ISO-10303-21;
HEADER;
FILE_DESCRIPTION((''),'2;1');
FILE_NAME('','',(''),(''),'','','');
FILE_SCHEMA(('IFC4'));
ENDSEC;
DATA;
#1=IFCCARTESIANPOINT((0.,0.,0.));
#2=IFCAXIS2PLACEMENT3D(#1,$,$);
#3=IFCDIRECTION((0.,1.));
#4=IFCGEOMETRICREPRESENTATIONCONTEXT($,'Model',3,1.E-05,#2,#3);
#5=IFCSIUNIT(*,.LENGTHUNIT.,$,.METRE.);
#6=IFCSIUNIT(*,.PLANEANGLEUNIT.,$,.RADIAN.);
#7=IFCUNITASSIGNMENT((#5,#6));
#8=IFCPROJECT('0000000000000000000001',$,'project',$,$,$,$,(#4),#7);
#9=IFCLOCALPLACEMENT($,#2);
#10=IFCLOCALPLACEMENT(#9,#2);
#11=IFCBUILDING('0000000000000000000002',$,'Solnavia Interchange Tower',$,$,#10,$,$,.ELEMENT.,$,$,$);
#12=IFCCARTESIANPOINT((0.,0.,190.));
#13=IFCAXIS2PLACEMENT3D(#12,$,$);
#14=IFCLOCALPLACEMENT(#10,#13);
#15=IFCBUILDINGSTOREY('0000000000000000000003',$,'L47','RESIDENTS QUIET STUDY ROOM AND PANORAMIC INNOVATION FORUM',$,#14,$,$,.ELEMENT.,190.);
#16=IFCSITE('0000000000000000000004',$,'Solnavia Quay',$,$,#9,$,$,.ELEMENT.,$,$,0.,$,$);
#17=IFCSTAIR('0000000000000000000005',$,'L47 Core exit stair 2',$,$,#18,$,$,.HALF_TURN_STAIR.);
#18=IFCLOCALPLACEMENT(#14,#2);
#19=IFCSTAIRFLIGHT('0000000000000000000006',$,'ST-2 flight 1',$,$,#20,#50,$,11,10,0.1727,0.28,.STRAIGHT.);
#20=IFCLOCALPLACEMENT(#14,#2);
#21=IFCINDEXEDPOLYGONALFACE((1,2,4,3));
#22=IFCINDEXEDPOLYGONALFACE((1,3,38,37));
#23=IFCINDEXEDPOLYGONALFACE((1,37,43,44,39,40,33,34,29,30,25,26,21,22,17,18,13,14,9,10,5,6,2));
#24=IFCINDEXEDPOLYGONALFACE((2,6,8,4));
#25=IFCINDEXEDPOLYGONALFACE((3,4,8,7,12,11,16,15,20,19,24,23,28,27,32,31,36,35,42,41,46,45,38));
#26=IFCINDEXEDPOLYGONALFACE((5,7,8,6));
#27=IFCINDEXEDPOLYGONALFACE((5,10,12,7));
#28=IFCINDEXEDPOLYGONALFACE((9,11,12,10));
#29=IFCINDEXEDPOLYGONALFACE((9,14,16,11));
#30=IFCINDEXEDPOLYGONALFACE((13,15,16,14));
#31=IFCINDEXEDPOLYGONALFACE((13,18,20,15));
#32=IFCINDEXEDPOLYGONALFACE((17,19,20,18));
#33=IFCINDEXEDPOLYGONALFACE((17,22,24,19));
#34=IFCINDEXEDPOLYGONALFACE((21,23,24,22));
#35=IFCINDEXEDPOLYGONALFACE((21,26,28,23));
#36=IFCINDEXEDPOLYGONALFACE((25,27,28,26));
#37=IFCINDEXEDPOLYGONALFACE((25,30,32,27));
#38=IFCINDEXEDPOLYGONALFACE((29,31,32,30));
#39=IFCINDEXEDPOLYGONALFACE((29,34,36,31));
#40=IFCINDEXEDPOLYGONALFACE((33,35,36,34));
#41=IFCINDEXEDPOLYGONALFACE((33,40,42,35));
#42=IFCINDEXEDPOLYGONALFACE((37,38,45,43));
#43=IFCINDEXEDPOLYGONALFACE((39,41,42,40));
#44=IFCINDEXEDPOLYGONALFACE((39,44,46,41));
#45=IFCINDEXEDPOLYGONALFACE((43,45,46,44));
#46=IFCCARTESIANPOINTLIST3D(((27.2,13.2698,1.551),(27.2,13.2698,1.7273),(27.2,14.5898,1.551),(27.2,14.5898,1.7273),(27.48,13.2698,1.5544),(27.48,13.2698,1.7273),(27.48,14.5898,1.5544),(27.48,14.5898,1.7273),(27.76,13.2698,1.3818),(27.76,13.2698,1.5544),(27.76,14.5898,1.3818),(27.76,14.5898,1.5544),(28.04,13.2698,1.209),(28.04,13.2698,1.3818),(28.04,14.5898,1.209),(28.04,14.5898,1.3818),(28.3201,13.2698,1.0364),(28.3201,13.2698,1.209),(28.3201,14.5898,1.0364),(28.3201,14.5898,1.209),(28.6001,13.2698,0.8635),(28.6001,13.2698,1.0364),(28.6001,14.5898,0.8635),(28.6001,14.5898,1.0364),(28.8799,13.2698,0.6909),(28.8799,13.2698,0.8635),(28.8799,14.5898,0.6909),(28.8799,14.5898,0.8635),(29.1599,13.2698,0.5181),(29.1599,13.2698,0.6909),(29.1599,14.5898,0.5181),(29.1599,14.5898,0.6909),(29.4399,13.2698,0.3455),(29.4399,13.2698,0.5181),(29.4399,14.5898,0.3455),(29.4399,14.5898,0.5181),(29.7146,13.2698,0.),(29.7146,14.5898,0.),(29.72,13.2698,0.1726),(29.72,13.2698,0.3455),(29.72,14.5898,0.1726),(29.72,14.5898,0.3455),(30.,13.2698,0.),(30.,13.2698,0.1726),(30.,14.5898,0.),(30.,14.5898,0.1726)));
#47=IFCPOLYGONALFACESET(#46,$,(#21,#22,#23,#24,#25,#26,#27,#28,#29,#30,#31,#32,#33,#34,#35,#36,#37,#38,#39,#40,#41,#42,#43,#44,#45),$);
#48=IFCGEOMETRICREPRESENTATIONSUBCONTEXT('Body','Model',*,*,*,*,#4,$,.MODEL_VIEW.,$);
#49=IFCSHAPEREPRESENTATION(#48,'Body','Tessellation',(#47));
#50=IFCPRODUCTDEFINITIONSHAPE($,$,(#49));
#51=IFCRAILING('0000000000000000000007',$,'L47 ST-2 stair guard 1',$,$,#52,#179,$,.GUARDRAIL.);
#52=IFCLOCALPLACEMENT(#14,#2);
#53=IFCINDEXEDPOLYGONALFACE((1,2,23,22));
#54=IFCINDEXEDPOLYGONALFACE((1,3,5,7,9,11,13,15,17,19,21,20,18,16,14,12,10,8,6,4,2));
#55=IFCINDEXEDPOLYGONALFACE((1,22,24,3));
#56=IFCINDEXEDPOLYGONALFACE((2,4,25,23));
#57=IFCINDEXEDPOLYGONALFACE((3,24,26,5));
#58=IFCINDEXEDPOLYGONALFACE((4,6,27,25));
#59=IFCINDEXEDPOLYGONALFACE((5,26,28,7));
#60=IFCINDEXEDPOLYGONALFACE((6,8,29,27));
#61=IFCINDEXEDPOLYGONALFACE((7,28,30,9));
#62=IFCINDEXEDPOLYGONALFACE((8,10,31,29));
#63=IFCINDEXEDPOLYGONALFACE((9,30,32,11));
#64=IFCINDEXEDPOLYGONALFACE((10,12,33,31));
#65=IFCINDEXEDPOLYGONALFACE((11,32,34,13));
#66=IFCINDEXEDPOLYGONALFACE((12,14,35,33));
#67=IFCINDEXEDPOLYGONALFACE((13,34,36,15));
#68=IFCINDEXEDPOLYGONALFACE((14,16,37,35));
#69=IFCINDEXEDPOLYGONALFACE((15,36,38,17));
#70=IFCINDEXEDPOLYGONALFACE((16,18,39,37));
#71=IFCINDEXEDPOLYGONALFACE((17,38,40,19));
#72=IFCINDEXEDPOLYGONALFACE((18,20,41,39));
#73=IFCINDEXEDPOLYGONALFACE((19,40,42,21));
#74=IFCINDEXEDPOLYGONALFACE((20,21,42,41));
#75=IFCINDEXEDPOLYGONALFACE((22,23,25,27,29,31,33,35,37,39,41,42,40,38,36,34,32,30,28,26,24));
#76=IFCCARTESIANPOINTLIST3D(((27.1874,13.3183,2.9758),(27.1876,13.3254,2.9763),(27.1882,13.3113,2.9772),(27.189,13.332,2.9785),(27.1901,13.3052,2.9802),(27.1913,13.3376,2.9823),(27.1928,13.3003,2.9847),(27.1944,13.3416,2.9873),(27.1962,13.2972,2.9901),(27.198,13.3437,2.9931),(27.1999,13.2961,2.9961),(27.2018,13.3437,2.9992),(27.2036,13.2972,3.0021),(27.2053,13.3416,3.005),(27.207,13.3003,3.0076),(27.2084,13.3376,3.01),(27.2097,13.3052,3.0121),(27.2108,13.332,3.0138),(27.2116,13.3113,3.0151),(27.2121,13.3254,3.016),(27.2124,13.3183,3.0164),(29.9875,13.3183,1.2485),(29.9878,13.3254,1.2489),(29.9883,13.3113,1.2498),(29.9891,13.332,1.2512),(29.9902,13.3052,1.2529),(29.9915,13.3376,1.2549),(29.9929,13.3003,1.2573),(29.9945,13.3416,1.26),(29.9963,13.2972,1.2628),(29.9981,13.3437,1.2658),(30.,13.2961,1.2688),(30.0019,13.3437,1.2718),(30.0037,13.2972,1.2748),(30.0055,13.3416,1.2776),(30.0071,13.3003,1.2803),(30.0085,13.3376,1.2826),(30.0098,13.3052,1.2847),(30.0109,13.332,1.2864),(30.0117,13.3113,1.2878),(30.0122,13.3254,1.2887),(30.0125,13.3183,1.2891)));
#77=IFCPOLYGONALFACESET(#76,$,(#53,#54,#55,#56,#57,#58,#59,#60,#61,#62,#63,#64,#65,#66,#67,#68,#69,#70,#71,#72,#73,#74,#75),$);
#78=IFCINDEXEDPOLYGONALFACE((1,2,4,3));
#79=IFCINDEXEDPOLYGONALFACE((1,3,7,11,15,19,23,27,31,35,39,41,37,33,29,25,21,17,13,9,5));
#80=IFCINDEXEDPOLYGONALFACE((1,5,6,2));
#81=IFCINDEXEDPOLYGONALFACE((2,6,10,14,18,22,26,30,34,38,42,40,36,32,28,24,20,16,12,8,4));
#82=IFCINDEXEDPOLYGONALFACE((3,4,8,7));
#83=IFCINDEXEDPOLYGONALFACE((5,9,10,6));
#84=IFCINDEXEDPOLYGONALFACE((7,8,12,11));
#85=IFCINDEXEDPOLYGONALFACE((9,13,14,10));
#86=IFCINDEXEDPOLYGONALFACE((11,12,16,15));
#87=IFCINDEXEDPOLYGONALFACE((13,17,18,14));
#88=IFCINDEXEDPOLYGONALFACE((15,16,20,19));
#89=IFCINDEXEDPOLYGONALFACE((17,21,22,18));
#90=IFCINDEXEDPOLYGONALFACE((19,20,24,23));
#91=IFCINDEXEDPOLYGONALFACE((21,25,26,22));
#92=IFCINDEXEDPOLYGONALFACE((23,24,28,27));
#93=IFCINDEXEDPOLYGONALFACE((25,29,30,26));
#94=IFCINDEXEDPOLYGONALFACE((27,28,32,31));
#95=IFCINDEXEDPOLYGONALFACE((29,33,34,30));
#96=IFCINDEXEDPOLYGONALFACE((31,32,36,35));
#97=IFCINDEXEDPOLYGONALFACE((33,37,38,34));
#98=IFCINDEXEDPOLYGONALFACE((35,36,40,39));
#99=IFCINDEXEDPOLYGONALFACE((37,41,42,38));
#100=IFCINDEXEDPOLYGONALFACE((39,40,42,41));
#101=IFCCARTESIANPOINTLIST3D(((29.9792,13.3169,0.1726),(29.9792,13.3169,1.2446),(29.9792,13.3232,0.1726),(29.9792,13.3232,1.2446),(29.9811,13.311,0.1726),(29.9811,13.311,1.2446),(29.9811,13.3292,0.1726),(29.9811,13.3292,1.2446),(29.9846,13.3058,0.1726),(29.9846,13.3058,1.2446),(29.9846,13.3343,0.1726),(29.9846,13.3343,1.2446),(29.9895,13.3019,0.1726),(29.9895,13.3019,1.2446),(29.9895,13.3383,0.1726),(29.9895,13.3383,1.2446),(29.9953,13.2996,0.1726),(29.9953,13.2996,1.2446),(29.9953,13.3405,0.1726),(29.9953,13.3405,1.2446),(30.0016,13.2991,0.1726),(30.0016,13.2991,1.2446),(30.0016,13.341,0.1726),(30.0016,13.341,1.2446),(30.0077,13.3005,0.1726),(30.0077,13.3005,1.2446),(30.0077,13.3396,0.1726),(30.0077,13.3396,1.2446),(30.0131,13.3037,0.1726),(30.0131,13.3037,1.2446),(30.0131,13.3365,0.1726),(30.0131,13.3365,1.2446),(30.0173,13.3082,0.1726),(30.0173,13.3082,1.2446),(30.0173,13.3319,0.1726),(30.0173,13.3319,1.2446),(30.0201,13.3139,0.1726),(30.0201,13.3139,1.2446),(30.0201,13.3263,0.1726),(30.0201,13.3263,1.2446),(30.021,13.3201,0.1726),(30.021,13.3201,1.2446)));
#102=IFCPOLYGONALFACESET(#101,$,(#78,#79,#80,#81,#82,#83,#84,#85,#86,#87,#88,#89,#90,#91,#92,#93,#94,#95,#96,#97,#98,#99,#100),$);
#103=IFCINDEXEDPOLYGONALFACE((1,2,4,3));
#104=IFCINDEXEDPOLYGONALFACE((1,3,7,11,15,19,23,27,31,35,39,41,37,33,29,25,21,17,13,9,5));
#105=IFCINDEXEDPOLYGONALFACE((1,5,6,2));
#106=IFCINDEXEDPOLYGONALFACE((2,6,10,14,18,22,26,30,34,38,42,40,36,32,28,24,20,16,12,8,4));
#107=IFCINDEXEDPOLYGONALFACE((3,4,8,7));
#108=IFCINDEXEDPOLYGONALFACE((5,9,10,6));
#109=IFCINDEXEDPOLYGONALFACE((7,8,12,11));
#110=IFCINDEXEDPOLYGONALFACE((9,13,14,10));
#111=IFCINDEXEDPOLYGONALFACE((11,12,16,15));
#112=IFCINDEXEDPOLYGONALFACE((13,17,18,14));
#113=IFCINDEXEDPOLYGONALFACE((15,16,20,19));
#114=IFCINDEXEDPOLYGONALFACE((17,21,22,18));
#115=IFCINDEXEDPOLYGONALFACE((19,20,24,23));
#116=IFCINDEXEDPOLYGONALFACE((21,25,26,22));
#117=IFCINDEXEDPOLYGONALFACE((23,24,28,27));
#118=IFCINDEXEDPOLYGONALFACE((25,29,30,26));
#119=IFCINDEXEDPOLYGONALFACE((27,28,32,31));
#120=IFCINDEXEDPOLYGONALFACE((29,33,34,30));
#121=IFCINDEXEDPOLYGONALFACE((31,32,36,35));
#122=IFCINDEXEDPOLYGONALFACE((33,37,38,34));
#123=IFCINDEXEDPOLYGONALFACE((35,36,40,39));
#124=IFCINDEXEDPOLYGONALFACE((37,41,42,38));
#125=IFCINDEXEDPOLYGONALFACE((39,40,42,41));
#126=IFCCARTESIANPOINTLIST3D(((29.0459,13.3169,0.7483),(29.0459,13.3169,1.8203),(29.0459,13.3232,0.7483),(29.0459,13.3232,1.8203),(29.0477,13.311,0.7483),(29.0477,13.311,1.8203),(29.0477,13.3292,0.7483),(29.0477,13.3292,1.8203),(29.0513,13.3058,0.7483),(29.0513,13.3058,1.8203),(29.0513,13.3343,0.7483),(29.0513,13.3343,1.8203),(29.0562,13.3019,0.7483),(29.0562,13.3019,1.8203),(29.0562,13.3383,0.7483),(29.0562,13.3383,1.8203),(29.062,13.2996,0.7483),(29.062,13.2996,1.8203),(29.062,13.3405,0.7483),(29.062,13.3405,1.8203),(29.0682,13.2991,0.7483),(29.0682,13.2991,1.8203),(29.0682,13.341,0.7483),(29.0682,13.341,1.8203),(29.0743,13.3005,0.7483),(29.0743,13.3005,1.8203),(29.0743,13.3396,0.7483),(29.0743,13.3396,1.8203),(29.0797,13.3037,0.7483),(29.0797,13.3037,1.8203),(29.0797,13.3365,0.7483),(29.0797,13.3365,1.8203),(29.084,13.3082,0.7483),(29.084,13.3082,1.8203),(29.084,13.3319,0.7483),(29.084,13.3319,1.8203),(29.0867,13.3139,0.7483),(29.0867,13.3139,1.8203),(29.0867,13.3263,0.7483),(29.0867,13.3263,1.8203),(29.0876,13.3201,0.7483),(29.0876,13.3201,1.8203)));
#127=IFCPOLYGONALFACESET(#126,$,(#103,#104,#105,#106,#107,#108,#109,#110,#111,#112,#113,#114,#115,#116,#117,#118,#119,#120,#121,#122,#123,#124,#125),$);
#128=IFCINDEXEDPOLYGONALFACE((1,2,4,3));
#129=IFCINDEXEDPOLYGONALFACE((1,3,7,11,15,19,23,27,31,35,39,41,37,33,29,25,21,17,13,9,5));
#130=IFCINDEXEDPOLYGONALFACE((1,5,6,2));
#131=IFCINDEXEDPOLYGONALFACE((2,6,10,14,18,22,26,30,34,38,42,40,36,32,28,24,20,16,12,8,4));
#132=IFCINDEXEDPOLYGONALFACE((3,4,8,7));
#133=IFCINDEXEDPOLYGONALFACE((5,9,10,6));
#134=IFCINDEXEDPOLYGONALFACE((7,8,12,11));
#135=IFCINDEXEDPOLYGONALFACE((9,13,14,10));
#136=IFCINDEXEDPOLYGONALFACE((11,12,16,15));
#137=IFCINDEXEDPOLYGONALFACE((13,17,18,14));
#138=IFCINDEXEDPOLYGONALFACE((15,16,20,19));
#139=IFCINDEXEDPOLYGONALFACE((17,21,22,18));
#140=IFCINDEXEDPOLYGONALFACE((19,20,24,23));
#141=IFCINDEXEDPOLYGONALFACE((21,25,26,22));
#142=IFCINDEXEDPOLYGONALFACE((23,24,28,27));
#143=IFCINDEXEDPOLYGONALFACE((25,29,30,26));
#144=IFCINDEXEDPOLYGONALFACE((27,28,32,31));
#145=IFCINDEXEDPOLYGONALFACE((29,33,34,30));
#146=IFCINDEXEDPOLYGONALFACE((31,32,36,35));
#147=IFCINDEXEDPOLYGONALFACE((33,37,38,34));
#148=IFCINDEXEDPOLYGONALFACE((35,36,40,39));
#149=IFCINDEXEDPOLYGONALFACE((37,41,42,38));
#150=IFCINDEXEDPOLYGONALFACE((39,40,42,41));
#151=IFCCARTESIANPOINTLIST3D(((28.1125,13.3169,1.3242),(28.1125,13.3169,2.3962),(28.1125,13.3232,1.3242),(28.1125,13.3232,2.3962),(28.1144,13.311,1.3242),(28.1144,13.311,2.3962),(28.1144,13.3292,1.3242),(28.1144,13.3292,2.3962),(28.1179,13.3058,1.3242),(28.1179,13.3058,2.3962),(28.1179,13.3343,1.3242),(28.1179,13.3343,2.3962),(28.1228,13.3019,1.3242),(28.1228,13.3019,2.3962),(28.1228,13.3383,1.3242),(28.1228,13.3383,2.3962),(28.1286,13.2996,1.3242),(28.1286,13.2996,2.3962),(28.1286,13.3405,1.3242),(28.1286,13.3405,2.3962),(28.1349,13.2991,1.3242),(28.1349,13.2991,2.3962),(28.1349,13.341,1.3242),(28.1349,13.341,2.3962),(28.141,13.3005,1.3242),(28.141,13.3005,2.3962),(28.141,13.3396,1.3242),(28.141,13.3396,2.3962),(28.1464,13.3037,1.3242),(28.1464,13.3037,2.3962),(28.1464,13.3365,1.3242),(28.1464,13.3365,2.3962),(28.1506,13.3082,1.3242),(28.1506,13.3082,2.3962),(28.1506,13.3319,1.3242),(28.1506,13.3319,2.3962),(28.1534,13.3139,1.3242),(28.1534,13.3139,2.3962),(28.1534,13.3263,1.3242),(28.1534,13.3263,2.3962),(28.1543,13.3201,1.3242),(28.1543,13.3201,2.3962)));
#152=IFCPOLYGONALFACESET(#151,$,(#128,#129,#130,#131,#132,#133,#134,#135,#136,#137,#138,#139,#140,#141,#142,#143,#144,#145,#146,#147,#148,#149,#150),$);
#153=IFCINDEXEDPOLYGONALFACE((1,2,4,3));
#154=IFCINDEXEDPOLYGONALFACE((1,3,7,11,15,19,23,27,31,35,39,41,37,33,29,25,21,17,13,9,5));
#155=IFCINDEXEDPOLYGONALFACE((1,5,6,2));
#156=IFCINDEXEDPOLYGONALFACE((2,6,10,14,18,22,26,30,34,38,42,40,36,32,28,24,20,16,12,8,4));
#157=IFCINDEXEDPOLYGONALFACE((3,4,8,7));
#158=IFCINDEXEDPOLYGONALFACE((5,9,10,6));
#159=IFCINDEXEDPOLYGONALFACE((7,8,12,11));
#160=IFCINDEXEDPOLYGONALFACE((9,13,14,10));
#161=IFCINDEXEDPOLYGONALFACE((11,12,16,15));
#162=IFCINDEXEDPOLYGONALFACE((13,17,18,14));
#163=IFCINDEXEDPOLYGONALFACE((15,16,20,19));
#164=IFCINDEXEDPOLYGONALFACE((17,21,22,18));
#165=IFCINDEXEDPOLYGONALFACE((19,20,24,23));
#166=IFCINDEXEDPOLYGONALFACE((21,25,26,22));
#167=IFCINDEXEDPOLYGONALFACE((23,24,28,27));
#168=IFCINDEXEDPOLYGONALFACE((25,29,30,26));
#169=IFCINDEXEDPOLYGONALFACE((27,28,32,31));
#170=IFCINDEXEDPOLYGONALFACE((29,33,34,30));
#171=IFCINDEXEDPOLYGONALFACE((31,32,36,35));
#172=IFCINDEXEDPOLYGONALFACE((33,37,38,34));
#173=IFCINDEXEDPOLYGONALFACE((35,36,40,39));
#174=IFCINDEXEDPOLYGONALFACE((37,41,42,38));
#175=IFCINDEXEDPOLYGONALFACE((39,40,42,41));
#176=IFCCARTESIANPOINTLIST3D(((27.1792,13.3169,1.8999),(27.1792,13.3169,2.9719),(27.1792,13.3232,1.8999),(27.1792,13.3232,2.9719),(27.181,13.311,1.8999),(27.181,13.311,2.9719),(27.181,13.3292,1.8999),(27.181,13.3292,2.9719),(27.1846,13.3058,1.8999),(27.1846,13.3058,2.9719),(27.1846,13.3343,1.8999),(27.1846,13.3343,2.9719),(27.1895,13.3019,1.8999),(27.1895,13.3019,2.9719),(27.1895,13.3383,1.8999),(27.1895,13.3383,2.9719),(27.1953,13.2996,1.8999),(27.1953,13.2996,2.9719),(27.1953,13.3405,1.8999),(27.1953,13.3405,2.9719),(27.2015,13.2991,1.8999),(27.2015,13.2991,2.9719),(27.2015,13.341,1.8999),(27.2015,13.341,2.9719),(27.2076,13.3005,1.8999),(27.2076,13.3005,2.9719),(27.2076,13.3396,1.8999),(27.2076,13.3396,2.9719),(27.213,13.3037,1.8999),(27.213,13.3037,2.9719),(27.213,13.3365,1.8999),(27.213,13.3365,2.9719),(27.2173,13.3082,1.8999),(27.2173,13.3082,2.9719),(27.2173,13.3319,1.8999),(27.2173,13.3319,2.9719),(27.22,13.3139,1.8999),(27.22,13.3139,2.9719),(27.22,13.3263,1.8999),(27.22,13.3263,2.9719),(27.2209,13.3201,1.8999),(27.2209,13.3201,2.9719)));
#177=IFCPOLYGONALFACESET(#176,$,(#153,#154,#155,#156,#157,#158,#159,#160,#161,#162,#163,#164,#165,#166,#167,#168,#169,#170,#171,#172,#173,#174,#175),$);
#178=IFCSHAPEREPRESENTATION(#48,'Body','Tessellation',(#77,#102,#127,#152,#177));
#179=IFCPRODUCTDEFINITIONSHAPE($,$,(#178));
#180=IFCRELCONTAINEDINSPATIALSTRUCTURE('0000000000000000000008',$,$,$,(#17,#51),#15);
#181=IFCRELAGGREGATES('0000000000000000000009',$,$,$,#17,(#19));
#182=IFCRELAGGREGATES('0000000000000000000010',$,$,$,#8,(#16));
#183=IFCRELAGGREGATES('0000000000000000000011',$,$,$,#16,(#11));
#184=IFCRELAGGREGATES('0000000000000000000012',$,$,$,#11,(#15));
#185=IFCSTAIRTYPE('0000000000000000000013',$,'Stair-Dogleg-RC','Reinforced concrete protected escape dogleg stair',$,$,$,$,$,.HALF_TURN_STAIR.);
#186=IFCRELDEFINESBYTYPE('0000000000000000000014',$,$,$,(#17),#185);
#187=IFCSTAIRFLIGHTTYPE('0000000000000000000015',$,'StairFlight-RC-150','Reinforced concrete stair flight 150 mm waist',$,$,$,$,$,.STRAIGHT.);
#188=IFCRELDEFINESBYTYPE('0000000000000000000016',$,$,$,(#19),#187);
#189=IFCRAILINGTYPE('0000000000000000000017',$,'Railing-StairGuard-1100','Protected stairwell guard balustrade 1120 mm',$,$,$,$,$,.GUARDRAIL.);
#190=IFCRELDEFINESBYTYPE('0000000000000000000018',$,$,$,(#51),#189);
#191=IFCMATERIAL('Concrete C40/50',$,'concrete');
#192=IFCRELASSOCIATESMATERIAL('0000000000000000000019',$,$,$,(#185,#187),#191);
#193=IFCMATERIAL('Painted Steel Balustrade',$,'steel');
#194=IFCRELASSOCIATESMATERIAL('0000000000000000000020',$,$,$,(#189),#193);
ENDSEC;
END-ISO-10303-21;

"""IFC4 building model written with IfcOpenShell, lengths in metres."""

from ifc_helpers import new_model, si_unit, direction, frame, origin, origin_2d, place, context, subcontext, project, spatial, polyline, circle, outline, extrude, material, type_object, element, aggregate, save


model = new_model("IFC4")

# Units and contexts
model_context = context("Model", 3, precision=1e-05, world=origin(), true_north=direction((0.0, 1.0)))
body_context = subcontext(model_context, "Body", "Model", "MODEL_VIEW")
ifc_project = project(units=[si_unit("LENGTHUNIT", "METRE"), si_unit("PLANEANGLEUNIT", "RADIAN")], contexts=[model_context])

# Site, building, storey
site_placement = place(None, origin())
site = spatial("IfcSite", under=ifc_project, at=site_placement, Name="Solnavia Quay", CompositionType="ELEMENT", RefElevation=0.0)
building_placement = place(site_placement, origin())
building = spatial("IfcBuilding", under=site, at=building_placement, Name="Solnavia Interchange Tower", CompositionType="ELEMENT")
storey_placement = place(building_placement, frame((0.0, 0.0, 190.0)))
storey = spatial("IfcBuildingStorey", under=building, at=storey_placement, Name="L47", Description="RESIDENTS QUIET STUDY ROOM AND PANORAMIC INNOVATION FORUM", CompositionType="ELEMENT", Elevation=190.0)

# Shared definitions
ifc_material_1 = material(Name="Concrete C40/50", Category="concrete")

# Stair, stair flight
stair_type = type_object("IfcStairType", Name="Stair-Dogleg-RC", Description="Reinforced concrete protected escape dogleg stair", PredefinedType="HALF_TURN_STAIR", material=ifc_material_1)
stair_placement = place(storey_placement, origin())
stair = element("IfcStair", 1, at=stair_placement, inside=storey, type_object=stair_type, Name="L47 Core exit stair 2", PredefinedType="HALF_TURN_STAIR")
stair_flight_type = type_object("IfcStairFlightType", Name="StairFlight-RC-150", Description="Reinforced concrete stair flight 150 mm waist", PredefinedType="STRAIGHT", material=ifc_material_1)
stair_flight_placement = place(storey_placement, frame((30.0, 13.9299, 0.0), z_axis=(0.0, 0.0, 1.0), x_axis=(-1.0, 0.0, 0.0)))
stair_flight = element("IfcStairFlight", 2, at=stair_flight_placement, type_object=stair_flight_type, Name="ST-2 flight 1", NumberOfRisers=11, NumberOfTreads=10, PredefinedType="STRAIGHT", RiserHeight=0.1727, TreadLength=0.28, context=body_context, shape_type="SweptSolid", body=[
    extrude(outline(polyline([(0.0, 0.0), (0.0, 0.1726), (0.28, 0.1726), (0.28, 0.3455), (0.5601, 0.3455), (0.5601, 0.5181), (0.8401, 0.5181), (0.8401, 0.6909), (1.1201, 0.6909), (1.1201, 0.8635), (1.3999, 0.8635), (1.3999, 1.0364), (1.6799, 1.0364), (1.6799, 1.209), (1.96, 1.209), (1.96, 1.3818), (2.24, 1.3818), (2.24, 1.5544), (2.52, 1.5544), (2.52, 1.7273), (2.8, 1.7273), (2.8, 1.8999), (2.8, 1.551), (0.2854, 0.0), (0.0, 0.0)])), frame((0.0, 0.6602, 0.0), z_axis=(0.0, -1.0, 0.0), x_axis=(1.0, 0.0, 0.0)), (0.0, 0.0, 1.0), 1.3201),
])
aggregate(stair, [stair_flight])

# Railing
ifc_material_2 = material(Name="Painted Steel Balustrade", Category="steel")
railing_type_1 = type_object("IfcRailingType", Name="Railing-StairGuard-1100", Description="Protected stairwell guard balustrade 1120 mm", PredefinedType="GUARDRAIL", material=ifc_material_2)
railing_1_placement = place(storey_placement, frame((30.0, 13.3201, 0.1726)))
element("IfcRailing", 3, at=railing_1_placement, inside=storey, type_object=railing_type_1, Name="L47 ST-2 stair guard 1", PredefinedType="GUARDRAIL", context=body_context, shape_type="SweptSolid", body=[
    extrude(circle(Radius=0.0239, at=origin_2d()), frame((0.0, 0.0, 1.0962), z_axis=(-0.85109, 0.0, 0.52502), x_axis=(0.0, -1.0, 0.0)), (0.0, 0.0, 1.0), 3.29),
    extrude(circle(Radius=0.021, at=origin_2d()), origin(), (0.0, 0.0, 1.0), 1.072),
    extrude(circle(Radius=0.021, at=origin_2d()), frame((-0.9333, 0.0, 0.5757)), (0.0, 0.0, 1.0), 1.072),
    extrude(circle(Radius=0.021, at=origin_2d()), frame((-1.8667, 0.0, 1.1516)), (0.0, 0.0, 1.0), 1.072),
    extrude(circle(Radius=0.021, at=origin_2d()), frame((-2.8, 0.0, 1.7273)), (0.0, 0.0, 1.0), 1.072),
])

save(model, "model.ifc")
